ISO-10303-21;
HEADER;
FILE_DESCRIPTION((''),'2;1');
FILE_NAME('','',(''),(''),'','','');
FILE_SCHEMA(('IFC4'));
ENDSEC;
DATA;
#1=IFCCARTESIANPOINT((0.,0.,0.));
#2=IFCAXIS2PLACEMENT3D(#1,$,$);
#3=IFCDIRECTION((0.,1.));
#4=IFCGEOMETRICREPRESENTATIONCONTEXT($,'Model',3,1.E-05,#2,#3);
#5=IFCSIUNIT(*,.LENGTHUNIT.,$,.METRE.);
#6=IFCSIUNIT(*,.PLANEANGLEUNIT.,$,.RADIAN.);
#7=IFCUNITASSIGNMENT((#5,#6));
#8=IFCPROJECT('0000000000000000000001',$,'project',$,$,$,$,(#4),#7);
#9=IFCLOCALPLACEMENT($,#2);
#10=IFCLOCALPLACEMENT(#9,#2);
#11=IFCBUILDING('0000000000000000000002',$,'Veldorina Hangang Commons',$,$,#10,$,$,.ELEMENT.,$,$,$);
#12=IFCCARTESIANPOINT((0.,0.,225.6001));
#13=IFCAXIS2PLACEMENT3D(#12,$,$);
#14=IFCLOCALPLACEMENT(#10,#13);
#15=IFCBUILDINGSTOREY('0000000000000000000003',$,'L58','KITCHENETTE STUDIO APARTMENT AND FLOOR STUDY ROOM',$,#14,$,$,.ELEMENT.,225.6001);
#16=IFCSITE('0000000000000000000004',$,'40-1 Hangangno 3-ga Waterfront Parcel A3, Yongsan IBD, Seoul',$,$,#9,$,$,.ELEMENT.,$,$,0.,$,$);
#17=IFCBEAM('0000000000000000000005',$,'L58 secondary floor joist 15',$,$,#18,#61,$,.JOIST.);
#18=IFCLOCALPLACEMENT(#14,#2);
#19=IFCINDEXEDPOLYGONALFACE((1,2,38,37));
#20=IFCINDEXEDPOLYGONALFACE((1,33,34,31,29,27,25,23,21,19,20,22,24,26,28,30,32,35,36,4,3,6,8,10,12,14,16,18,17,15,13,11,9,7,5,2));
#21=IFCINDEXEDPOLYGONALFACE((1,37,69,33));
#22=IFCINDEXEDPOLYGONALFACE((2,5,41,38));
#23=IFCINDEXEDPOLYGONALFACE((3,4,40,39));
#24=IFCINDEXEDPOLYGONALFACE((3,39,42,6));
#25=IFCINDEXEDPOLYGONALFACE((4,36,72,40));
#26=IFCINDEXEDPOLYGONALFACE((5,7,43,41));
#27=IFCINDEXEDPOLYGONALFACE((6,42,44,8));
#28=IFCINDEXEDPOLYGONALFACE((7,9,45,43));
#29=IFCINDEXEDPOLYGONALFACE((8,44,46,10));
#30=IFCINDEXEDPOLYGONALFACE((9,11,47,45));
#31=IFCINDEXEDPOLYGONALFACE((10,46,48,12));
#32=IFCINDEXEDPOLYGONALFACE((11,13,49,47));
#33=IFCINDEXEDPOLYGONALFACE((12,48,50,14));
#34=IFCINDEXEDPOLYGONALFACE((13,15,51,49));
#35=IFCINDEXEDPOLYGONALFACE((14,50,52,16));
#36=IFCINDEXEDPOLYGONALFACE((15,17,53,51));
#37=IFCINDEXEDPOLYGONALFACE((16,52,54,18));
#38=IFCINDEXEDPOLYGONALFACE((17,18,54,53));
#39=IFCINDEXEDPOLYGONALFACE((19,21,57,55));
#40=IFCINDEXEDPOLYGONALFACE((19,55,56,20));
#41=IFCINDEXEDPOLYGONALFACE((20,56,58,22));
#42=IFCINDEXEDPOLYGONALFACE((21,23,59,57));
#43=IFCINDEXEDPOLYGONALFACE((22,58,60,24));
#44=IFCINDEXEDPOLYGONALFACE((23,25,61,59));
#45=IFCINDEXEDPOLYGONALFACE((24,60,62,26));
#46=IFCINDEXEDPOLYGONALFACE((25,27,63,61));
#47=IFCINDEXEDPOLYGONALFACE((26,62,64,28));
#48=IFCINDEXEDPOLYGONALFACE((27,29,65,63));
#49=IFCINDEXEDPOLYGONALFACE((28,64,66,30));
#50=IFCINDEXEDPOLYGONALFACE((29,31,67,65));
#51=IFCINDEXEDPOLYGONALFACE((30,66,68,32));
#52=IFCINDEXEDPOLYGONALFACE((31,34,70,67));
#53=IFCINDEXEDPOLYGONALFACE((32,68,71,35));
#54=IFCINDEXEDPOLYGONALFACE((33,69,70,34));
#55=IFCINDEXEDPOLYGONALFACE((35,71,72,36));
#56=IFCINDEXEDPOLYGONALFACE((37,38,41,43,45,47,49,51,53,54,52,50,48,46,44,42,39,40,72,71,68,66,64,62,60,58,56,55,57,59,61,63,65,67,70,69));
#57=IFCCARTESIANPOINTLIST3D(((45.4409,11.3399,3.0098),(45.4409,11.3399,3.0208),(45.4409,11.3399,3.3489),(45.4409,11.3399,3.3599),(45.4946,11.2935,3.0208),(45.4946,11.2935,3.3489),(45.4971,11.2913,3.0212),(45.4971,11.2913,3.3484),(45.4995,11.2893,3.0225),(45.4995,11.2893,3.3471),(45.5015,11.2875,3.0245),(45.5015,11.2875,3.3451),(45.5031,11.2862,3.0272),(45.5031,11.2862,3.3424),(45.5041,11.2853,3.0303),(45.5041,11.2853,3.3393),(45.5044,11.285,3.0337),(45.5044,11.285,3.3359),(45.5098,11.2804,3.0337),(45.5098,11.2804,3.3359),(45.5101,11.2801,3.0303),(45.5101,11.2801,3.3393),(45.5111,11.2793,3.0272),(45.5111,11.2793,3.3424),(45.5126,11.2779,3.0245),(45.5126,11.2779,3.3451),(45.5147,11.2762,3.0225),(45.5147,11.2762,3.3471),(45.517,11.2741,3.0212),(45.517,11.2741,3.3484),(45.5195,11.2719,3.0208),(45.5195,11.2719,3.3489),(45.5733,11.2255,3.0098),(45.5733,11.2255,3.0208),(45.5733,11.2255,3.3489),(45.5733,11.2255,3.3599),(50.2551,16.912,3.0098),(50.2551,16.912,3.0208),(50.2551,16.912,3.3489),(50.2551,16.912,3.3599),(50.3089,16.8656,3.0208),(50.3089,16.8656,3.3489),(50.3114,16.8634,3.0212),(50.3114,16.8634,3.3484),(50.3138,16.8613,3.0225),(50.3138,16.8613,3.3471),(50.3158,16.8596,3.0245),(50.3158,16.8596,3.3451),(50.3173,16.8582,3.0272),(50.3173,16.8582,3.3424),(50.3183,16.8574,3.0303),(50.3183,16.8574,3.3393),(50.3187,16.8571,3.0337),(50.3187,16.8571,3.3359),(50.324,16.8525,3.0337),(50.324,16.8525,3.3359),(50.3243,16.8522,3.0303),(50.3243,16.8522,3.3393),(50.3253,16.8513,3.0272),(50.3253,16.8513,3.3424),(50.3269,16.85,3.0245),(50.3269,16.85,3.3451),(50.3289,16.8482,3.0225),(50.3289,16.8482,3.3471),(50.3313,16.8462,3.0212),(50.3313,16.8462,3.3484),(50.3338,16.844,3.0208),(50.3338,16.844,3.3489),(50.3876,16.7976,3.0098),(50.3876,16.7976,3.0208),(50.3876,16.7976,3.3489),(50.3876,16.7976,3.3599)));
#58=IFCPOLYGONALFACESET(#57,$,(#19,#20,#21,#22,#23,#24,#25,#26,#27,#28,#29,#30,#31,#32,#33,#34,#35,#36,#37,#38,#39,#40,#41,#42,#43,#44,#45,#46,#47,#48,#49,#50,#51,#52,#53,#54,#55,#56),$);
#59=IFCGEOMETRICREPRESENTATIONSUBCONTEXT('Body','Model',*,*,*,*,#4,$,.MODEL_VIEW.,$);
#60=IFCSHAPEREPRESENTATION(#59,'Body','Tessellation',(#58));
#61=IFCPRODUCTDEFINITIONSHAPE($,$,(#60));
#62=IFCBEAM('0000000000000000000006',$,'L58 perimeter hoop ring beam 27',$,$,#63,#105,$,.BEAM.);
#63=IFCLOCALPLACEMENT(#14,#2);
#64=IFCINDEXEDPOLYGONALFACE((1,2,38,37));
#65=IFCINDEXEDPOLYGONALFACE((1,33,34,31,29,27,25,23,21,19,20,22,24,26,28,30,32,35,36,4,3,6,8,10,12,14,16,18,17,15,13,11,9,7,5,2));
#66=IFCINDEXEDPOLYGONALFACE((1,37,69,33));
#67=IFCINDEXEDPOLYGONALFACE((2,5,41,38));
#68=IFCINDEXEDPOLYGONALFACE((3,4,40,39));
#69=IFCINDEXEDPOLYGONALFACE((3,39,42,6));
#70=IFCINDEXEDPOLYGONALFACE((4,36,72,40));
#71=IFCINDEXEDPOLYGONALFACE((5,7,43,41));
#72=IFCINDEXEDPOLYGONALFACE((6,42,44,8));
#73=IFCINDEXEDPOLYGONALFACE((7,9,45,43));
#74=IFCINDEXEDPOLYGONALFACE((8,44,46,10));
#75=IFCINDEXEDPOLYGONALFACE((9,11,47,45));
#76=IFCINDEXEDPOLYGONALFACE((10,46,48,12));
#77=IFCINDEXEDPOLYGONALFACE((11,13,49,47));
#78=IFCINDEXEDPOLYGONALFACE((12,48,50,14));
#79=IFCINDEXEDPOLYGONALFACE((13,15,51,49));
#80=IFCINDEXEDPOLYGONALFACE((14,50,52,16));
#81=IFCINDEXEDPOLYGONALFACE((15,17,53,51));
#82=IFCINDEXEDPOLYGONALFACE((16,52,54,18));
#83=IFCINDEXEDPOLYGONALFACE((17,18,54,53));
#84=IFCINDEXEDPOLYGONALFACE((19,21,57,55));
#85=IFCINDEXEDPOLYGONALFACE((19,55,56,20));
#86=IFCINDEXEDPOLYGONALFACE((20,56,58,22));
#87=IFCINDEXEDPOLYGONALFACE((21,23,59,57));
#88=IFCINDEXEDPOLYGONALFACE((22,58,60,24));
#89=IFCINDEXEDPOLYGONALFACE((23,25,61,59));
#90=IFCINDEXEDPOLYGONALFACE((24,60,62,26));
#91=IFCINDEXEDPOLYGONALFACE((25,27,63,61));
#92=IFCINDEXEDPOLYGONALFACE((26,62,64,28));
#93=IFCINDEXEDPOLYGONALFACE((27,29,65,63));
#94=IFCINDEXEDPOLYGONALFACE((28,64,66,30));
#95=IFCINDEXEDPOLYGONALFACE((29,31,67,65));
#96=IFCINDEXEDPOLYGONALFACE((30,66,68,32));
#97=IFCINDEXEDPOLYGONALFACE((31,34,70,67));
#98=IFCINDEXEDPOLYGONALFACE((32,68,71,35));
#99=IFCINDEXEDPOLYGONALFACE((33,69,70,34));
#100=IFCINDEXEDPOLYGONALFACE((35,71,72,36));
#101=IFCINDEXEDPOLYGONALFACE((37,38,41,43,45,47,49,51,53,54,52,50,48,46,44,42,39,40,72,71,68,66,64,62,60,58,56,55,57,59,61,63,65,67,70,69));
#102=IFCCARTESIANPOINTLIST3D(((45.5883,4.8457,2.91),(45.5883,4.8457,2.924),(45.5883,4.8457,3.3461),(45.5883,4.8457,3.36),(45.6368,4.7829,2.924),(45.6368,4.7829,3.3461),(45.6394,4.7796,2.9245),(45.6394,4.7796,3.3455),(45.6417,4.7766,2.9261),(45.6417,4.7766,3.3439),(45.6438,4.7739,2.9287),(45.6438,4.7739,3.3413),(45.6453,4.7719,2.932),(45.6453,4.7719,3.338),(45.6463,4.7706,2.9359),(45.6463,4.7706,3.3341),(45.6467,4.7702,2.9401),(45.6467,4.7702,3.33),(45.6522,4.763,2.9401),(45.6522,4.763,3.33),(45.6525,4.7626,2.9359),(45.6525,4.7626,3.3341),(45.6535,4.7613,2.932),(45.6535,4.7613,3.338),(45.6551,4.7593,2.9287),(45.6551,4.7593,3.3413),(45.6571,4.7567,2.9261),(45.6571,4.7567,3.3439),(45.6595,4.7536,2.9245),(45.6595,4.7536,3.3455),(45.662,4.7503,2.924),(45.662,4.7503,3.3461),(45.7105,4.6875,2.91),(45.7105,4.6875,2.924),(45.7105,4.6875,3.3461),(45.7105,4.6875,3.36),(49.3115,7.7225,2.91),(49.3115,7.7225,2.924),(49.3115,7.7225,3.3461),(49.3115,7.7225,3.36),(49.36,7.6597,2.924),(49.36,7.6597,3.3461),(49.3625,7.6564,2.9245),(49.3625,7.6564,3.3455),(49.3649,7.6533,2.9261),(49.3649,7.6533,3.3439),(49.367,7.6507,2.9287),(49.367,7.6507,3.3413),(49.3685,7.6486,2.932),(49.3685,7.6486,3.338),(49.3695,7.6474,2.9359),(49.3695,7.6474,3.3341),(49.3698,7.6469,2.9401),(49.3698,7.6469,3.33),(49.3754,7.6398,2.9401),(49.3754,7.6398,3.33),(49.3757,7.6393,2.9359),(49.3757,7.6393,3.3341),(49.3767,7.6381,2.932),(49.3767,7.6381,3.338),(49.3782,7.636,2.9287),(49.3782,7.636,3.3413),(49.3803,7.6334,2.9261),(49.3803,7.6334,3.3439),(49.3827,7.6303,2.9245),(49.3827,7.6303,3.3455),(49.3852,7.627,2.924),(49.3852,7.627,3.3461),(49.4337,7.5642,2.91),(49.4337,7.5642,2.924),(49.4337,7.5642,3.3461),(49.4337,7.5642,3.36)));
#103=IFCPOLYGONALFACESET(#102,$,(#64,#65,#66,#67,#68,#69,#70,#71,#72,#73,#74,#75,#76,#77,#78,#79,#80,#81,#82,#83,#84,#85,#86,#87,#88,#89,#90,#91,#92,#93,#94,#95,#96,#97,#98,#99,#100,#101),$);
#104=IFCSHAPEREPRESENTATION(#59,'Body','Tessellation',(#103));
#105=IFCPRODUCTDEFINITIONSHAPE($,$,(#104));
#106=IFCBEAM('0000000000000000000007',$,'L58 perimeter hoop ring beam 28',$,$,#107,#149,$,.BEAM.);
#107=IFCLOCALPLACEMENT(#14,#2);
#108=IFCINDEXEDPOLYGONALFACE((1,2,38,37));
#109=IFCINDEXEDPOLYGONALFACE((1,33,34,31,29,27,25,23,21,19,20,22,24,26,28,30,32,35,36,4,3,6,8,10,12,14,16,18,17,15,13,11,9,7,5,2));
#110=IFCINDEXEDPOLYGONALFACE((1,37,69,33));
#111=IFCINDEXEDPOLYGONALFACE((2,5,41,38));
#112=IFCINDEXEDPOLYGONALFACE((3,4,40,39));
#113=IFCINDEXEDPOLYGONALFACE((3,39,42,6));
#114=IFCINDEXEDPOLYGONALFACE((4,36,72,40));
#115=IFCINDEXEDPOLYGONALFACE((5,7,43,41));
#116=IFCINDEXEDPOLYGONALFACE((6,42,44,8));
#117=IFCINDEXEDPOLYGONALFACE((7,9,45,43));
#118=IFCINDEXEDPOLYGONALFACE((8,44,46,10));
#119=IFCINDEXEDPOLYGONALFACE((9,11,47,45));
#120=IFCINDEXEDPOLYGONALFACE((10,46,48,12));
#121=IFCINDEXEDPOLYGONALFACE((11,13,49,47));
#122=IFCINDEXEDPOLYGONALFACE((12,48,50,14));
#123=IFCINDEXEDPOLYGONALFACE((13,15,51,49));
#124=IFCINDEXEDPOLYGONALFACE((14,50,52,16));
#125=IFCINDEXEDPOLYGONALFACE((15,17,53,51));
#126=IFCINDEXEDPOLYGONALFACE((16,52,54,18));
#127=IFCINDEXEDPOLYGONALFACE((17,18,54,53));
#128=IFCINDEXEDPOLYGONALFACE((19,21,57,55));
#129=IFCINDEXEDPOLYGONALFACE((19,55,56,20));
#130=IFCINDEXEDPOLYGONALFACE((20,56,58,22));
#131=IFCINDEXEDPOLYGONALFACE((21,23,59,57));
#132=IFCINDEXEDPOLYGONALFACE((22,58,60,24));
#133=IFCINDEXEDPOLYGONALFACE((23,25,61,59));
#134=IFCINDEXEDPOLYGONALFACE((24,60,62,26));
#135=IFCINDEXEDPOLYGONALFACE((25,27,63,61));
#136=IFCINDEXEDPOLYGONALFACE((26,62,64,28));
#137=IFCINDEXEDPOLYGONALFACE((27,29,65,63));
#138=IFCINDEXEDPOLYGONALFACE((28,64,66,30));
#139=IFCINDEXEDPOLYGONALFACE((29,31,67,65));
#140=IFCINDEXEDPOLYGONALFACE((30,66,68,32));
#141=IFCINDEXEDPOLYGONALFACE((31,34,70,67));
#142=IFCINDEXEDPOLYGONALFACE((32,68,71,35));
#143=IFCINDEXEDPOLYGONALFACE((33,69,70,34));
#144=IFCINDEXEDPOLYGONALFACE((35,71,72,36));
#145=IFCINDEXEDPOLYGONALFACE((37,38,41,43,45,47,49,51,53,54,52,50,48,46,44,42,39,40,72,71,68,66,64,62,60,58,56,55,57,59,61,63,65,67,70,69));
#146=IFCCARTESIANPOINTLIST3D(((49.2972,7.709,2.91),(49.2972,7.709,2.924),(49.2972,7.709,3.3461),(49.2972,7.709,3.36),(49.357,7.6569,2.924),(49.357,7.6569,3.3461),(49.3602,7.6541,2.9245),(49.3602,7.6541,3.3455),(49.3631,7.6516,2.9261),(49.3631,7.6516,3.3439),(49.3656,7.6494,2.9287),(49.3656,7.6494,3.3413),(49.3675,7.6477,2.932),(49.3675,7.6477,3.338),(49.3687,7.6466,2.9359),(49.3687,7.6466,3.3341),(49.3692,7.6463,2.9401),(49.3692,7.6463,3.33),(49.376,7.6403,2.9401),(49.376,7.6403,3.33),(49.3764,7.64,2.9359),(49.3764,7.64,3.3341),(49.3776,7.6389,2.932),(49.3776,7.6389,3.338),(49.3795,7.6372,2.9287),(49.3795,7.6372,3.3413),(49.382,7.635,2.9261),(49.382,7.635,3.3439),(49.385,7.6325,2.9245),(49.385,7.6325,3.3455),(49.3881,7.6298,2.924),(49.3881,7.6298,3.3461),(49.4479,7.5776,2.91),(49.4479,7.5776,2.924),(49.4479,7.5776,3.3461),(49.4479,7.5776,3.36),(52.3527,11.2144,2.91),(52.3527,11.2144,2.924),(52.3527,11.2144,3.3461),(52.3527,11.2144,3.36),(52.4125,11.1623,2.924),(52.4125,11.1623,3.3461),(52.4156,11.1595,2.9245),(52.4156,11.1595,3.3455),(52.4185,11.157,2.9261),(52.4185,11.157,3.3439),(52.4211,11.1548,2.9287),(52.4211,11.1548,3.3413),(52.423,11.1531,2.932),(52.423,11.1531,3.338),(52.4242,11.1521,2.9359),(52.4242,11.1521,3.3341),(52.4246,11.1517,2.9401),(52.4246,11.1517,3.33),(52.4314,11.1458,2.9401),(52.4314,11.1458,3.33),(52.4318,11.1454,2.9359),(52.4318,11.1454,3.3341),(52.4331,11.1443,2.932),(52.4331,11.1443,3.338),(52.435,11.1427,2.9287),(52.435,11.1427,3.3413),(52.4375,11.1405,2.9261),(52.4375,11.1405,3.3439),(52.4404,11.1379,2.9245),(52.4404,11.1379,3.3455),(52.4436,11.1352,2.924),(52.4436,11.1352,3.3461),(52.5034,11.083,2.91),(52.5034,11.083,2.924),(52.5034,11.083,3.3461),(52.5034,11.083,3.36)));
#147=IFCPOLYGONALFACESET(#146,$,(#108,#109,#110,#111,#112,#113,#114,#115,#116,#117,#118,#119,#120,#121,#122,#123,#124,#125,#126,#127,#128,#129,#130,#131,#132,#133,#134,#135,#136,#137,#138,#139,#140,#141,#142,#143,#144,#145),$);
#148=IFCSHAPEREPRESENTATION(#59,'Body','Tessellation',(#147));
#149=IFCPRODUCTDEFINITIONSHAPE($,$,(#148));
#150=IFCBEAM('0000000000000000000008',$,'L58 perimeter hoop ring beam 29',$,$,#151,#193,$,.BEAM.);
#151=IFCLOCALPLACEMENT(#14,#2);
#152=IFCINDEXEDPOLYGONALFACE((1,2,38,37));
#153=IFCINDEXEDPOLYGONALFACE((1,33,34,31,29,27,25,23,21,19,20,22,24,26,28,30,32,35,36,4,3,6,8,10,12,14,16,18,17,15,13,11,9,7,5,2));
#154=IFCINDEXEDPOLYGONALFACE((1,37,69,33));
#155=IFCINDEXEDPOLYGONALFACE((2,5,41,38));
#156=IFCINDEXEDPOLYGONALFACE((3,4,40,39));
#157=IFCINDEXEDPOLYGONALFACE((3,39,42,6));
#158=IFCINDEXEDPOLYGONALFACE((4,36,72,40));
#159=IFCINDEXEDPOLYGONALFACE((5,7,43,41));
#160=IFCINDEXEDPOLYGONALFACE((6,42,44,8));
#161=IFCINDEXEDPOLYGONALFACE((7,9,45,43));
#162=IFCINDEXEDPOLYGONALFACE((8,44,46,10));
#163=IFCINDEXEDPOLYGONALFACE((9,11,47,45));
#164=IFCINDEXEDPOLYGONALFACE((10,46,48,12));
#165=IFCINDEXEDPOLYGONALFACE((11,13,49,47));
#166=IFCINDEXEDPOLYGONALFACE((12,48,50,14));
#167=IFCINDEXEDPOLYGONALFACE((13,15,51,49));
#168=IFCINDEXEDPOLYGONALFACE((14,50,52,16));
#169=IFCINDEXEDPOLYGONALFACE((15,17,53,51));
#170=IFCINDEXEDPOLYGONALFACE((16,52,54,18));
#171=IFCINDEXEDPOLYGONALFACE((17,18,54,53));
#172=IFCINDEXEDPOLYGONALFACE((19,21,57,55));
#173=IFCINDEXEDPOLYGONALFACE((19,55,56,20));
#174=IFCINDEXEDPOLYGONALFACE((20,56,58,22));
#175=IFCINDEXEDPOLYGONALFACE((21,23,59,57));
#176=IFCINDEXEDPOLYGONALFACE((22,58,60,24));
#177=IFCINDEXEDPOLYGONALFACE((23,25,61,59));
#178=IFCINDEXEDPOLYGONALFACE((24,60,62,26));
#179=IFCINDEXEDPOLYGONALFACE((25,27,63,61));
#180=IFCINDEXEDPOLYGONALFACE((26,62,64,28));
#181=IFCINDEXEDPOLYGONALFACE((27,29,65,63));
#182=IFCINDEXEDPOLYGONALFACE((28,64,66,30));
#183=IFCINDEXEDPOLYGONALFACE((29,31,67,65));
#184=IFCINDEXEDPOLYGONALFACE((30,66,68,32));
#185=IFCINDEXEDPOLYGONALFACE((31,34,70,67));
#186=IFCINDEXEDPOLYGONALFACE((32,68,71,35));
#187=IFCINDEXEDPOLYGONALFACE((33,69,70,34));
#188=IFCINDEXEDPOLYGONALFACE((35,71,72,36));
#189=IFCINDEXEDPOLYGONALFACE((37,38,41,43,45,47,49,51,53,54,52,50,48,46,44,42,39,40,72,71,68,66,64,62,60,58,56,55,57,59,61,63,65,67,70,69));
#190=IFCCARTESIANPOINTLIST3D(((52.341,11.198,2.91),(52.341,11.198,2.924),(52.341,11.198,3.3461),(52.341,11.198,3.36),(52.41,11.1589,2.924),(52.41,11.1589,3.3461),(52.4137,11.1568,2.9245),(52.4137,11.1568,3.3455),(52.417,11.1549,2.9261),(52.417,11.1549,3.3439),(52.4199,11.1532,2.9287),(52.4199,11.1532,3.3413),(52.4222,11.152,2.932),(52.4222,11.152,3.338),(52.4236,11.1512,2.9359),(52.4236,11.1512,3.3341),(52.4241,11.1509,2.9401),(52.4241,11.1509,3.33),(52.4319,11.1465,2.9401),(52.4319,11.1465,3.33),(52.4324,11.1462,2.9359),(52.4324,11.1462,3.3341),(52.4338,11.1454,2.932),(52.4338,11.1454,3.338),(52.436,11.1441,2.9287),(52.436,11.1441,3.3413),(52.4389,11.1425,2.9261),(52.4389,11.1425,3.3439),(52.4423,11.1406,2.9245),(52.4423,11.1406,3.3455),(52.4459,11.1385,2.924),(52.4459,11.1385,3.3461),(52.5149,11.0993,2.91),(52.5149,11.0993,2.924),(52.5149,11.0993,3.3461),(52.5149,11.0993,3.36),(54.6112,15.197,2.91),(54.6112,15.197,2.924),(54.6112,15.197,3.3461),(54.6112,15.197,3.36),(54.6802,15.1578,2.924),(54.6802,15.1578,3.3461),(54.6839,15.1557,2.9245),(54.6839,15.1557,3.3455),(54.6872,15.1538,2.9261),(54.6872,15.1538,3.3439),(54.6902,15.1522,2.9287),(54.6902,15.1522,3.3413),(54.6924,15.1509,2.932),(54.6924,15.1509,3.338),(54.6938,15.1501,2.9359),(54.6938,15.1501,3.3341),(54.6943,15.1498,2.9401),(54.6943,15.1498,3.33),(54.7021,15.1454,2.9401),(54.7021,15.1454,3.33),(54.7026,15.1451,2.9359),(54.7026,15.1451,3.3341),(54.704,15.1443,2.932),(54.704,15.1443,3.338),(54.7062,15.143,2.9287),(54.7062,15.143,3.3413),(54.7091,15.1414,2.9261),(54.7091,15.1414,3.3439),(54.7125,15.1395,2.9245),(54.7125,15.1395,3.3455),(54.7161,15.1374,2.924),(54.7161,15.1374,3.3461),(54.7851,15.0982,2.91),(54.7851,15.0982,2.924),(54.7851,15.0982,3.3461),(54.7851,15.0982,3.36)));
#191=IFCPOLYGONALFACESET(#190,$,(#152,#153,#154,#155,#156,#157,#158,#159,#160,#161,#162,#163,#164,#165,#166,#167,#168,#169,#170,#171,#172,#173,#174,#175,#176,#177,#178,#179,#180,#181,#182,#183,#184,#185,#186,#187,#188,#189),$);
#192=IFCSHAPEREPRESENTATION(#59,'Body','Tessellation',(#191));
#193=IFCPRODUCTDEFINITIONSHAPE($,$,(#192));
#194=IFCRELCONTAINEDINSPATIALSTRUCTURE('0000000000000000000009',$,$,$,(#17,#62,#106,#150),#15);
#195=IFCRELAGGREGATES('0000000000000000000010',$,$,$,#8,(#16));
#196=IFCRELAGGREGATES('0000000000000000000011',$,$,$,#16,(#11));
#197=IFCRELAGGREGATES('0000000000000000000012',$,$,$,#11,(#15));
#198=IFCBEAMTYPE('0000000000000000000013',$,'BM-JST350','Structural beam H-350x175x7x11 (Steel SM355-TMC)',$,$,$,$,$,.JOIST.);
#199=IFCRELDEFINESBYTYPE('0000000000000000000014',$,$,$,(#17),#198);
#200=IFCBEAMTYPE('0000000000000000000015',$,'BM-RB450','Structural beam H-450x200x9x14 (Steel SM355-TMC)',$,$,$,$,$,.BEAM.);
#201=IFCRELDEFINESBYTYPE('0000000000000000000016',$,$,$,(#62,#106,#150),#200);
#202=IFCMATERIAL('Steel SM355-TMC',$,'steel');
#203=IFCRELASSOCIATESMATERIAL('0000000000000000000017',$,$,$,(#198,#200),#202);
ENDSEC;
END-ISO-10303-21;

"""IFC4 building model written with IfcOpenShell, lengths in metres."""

from ifc_helpers import new_model, si_unit, direction, frame, origin, origin_2d, place, context, subcontext, project, spatial, i_section, extrude, material, material_profile, profile_set, type_object, element, save


model = new_model("IFC4")

# Units and contexts
model_context = context("Model", 3, precision=1e-05, world=origin(), true_north=direction((0.0, 1.0)))
body_context = subcontext(model_context, "Body", "Model", "MODEL_VIEW")
ifc_project = project(units=[si_unit("LENGTHUNIT", "METRE"), si_unit("PLANEANGLEUNIT", "RADIAN")], contexts=[model_context])

# Site, building, storey
site_placement = place(None, origin())
site = spatial("IfcSite", under=ifc_project, at=site_placement, Name="40-1 Hangangno 3-ga Waterfront Parcel A3, Yongsan IBD, Seoul", CompositionType="ELEMENT", RefElevation=0.0)
building_placement = place(site_placement, origin())
building = spatial("IfcBuilding", under=site, at=building_placement, Name="Veldorina Hangang Commons", CompositionType="ELEMENT")
storey_placement = place(building_placement, frame((0.0, 0.0, 225.6001)))
storey = spatial("IfcBuildingStorey", under=building, at=storey_placement, Name="L58", Description="KITCHENETTE STUDIO APARTMENT AND FLOOR STUDY ROOM", CompositionType="ELEMENT", Elevation=225.6001)

# Beams
ifc_material_1 = material(Name="Steel SM355-TMC", Category="steel")
ifc_material_profile_1 = material_profile(ifc_material_1, i_section(OverallWidth=0.175, OverallDepth=0.3501, WebThickness=0.0071, FlangeThickness=0.011, FilletRadius=0.0129, at=origin_2d()), Name="H-350x175x7x11")
ifc_profile_set_1 = profile_set([ifc_material_profile_1], Name="Steel SM355-TMC")
beam_type_1 = type_object("IfcBeamType", Name="BM-JST350", Description="Structural beam H-350x175x7x11 (Steel SM355-TMC)", PredefinedType="JOIST", material=ifc_profile_set_1)
beam_1_placement = place(storey_placement, frame((45.5071, 11.2827, 3.1848), z_axis=(0.653776, 0.756688, 0.0), x_axis=(-0.756688, 0.653776, 0.0)))
element("IfcBeam", 1, at=beam_1_placement, inside=storey, type_object=beam_type_1, Name="L58 secondary floor joist 15", PredefinedType="JOIST", context=body_context, shape_type="SweptSolid", body=[
    extrude(i_section(OverallWidth=0.175, OverallDepth=0.3501, WebThickness=0.0071, FlangeThickness=0.011, FilletRadius=0.0129, at=origin_2d()), origin(), (0.0, 0.0, 1.0), 7.3638),
])
ifc_material_profile_2 = material_profile(ifc_material_1, i_section(OverallWidth=0.2, OverallDepth=0.45, WebThickness=0.009, FlangeThickness=0.0139, FilletRadius=0.0161, at=origin_2d()), Name="H-450x200x9x14")
ifc_profile_set_2 = profile_set([ifc_material_profile_2], Name="Steel SM355-TMC")
beam_type_2 = type_object("IfcBeamType", Name="BM-RB450", Description="Structural beam H-450x200x9x14 (Steel SM355-TMC)", PredefinedType="BEAM", material=ifc_profile_set_2)
beam_2_placement = place(storey_placement, frame((45.6494, 4.7666, 3.135), z_axis=(0.791312, 0.611412, 0.0), x_axis=(-0.611412, 0.791312, 0.0)))
element("IfcBeam", 2, at=beam_2_placement, inside=storey, type_object=beam_type_2, Name="L58 perimeter hoop ring beam 27", PredefinedType="BEAM", context=body_context, shape_type="SweptSolid", body=[
    extrude(i_section(OverallWidth=0.2, OverallDepth=0.45, WebThickness=0.009, FlangeThickness=0.0139, FilletRadius=0.0161, at=origin_2d()), origin(), (0.0, 0.0, 1.0), 4.7051),
])
beam_3_placement = place(storey_placement, frame((49.3726, 7.6433, 3.135), z_axis=(0.657069, 0.753831, 0.0), x_axis=(-0.753831, 0.657069, 0.0)))
element("IfcBeam", 3, at=beam_3_placement, inside=storey, type_object=beam_type_2, Name="L58 perimeter hoop ring beam 28", PredefinedType="BEAM", context=body_context, shape_type="SweptSolid", body=[
    extrude(i_section(OverallWidth=0.2, OverallDepth=0.45, WebThickness=0.009, FlangeThickness=0.0139, FilletRadius=0.0161, at=origin_2d()), origin(), (0.0, 0.0, 1.0), 4.6501),
])
beam_4_placement = place(storey_placement, frame((52.428, 11.1487, 3.135), z_axis=(0.493696, 0.869635, 0.0), x_axis=(-0.869635, 0.493696, 0.0)))
element("IfcBeam", 4, at=beam_4_placement, inside=storey, type_object=beam_type_2, Name="L58 perimeter hoop ring beam 29", PredefinedType="BEAM", context=body_context, shape_type="SweptSolid", body=[
    extrude(i_section(OverallWidth=0.2, OverallDepth=0.45, WebThickness=0.009, FlangeThickness=0.0139, FilletRadius=0.0161, at=origin_2d()), origin(), (0.0, 0.0, 1.0), 4.5984),
])

save(model, "model.ifc")
